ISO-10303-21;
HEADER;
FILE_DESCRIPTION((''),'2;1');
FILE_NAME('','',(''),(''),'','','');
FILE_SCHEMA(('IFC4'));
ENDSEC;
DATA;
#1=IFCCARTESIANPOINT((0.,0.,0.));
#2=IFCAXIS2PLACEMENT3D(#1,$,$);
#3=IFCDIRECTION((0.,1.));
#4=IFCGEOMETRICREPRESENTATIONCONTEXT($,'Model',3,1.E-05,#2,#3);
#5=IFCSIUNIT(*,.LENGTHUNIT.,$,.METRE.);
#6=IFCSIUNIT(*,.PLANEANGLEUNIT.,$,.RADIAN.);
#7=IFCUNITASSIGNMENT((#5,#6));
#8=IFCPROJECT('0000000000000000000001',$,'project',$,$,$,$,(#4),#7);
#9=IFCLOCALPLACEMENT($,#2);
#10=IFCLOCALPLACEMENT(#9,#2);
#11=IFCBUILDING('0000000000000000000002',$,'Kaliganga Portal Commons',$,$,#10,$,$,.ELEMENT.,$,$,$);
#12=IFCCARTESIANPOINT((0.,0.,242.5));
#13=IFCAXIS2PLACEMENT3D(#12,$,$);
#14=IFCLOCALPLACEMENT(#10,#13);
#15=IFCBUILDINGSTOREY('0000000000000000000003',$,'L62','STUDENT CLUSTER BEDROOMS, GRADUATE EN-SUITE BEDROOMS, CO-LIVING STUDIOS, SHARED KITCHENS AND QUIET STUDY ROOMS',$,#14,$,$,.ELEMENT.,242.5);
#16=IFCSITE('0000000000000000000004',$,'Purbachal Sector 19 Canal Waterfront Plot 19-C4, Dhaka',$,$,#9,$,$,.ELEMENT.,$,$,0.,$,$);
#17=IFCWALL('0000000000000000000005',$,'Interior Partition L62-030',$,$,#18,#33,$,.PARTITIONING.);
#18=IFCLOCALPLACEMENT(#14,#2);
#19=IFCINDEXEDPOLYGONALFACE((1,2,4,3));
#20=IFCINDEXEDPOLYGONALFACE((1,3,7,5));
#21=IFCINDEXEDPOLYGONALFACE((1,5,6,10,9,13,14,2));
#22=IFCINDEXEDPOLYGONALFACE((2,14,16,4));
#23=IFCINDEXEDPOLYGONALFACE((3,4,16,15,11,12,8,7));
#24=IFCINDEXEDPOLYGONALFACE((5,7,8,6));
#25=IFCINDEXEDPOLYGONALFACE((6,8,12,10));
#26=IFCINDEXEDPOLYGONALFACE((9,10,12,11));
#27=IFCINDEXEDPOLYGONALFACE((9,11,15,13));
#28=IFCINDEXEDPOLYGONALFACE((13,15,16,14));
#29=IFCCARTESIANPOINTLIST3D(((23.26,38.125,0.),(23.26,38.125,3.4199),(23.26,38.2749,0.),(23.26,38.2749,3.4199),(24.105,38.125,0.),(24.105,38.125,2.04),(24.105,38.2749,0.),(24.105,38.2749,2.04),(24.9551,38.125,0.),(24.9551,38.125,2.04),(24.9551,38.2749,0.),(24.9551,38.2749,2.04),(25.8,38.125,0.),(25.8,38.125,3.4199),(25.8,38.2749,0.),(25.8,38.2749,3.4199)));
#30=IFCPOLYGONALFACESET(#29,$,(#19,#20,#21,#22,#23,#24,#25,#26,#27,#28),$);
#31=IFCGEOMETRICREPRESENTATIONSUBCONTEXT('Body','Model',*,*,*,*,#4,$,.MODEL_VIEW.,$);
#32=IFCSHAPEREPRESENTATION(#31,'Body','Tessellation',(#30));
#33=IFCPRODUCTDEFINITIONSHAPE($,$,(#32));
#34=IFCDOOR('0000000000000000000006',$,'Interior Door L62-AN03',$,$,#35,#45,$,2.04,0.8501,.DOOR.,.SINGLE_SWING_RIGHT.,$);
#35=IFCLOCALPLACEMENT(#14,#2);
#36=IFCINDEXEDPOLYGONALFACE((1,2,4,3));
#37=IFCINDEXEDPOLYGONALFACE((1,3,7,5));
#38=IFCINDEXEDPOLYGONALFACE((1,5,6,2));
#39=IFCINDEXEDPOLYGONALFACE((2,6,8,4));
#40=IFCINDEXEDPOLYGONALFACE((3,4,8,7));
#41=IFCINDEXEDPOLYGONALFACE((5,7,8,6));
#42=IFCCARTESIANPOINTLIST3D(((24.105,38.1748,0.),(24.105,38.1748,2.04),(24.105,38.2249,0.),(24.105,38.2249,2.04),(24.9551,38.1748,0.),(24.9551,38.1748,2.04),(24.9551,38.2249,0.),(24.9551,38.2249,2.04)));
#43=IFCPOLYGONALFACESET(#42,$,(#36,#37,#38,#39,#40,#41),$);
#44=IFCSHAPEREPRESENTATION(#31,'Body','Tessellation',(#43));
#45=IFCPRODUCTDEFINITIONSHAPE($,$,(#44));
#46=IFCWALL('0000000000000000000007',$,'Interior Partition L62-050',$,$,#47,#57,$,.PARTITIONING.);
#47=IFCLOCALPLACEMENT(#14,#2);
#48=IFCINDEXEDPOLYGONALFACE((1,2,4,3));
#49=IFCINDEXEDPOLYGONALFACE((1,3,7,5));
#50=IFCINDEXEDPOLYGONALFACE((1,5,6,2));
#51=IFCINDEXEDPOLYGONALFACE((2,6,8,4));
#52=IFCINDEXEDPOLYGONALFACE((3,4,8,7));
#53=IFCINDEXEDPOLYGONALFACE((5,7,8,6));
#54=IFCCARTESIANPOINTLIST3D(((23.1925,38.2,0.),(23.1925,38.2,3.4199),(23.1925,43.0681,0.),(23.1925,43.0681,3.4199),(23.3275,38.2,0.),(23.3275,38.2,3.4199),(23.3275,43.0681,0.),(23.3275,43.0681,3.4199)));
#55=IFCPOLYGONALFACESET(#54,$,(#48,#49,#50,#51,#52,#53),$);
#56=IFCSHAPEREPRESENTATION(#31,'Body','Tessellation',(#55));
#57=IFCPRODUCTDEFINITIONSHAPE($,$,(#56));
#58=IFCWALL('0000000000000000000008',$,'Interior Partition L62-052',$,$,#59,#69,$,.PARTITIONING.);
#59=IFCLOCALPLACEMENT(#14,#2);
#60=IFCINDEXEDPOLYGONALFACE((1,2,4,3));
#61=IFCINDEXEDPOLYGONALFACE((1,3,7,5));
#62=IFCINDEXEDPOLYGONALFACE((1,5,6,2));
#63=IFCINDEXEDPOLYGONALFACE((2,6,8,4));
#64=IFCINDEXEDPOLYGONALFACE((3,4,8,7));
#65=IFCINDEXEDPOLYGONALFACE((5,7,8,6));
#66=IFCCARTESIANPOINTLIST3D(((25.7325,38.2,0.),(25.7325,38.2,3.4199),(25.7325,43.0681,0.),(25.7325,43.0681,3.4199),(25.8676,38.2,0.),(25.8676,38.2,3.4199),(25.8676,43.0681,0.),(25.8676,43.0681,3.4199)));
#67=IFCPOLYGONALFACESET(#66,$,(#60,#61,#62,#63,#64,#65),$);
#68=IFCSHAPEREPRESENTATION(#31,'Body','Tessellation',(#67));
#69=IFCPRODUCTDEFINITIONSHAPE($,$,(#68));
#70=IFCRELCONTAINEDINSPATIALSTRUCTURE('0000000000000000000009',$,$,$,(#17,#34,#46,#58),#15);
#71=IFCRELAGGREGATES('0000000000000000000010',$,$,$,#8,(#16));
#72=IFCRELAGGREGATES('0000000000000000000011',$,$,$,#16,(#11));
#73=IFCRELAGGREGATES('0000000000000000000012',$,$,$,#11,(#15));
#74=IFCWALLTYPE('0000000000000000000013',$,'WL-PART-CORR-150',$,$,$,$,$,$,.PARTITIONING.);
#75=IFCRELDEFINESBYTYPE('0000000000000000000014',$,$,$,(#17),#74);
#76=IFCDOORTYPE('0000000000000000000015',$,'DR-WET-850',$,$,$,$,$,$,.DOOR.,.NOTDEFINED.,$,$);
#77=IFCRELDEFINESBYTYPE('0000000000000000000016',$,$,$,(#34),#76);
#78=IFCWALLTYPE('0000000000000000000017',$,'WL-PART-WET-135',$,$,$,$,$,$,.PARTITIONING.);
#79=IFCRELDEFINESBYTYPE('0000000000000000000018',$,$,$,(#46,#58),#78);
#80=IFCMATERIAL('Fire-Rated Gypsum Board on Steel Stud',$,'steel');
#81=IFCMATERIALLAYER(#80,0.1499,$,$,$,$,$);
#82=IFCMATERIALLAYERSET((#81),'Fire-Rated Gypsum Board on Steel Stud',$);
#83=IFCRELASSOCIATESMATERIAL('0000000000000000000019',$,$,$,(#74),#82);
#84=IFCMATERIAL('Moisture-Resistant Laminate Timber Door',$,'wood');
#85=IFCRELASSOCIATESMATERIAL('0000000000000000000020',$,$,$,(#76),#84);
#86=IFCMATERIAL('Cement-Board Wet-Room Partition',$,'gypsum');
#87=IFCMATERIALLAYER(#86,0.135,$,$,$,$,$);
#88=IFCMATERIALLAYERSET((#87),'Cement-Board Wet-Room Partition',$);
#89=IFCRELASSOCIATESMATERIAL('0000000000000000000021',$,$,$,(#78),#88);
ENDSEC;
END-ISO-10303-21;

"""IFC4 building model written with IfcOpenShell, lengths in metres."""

from ifc_helpers import new_model, si_unit, direction, frame, frame_2d, origin, place, context, subcontext, project, spatial, rectangle, extrude, material, layer, layer_set, type_object, element, fill, save


model = new_model("IFC4")

# Units and contexts
model_context = context("Model", 3, precision=1e-05, world=origin(), true_north=direction((0.0, 1.0)))
body_context = subcontext(model_context, "Body", "Model", "MODEL_VIEW")
ifc_project = project(units=[si_unit("LENGTHUNIT", "METRE"), si_unit("PLANEANGLEUNIT", "RADIAN")], contexts=[model_context])

# Site, building, storey
site_placement = place(None, origin())
site = spatial("IfcSite", under=ifc_project, at=site_placement, Name="Purbachal Sector 19 Canal Waterfront Plot 19-C4, Dhaka", CompositionType="ELEMENT", RefElevation=0.0)
building_placement = place(site_placement, origin())
building = spatial("IfcBuilding", under=site, at=building_placement, Name="Kaliganga Portal Commons", CompositionType="ELEMENT")
storey_placement = place(building_placement, frame((0.0, 0.0, 242.5)))
storey = spatial("IfcBuildingStorey", under=building, at=storey_placement, Name="L62", Description="STUDENT CLUSTER BEDROOMS, GRADUATE EN-SUITE BEDROOMS, CO-LIVING STUDIOS, SHARED KITCHENS AND QUIET STUDY ROOMS", CompositionType="ELEMENT", Elevation=242.5)

# Wall, opening, door
ifc_material_1 = material(Name="Fire-Rated Gypsum Board on Steel Stud", Category="steel")
ifc_layer_1 = layer(ifc_material_1, 0.1499)
ifc_layer_set_1 = layer_set([ifc_layer_1], Name="Fire-Rated Gypsum Board on Steel Stud")
wall_type_1 = type_object("IfcWallType", Name="WL-PART-CORR-150", PredefinedType="PARTITIONING", material=ifc_layer_set_1)
wall_1_placement = place(storey_placement, frame((23.26, 38.2, 0.0), z_axis=(0.0, 0.0, 1.0), x_axis=(1.0, 0.0, 0.0)))
wall_1 = element("IfcWall", 1, at=wall_1_placement, inside=storey, type_object=wall_type_1, Name="Interior Partition L62-030", PredefinedType="PARTITIONING", context=body_context, shape_type="SweptSolid", body=[
    extrude(rectangle(XDim=2.54, YDim=0.1499, at=frame_2d((1.27, 0.0))), origin(), (0.0, 0.0, 1.0), 3.4199),
])
opening_1_placement = place(wall_1_placement, frame((0.845, 0.0, 0.0)))
opening_1 = element("IfcOpeningElement", 2, at=opening_1_placement, cuts=wall_1, PredefinedType="OPENING", context=body_context, shape_type="SweptSolid", body=[
    extrude(rectangle(XDim=0.8501, YDim=2.04, at=frame_2d((0.425, 1.02))), frame((0.0, 0.085, 0.0), z_axis=(0.0, -1.0, 0.0), x_axis=(1.0, 0.0, 0.0)), (0.0, 0.0, 1.0), 0.1699),
])
ifc_material_2 = material(Name="Moisture-Resistant Laminate Timber Door", Category="wood")
door_type_1 = type_object("IfcDoorType", Name="DR-WET-850", OperationType="NOTDEFINED", PredefinedType="DOOR", material=ifc_material_2)
door_1_placement = place(opening_1_placement, origin())
door_1 = element("IfcDoor", 3, at=door_1_placement, inside=storey, type_object=door_type_1, Name="Interior Door L62-AN03", OperationType="SINGLE_SWING_RIGHT", OverallHeight=2.04, OverallWidth=0.8501, PredefinedType="DOOR", context=body_context, shape_type="SweptSolid", body=[
    extrude(rectangle(XDim=0.8501, YDim=2.04, at=frame_2d((0.425, 1.02))), frame((0.0, 0.0249, 0.0), z_axis=(0.0, -1.0, 0.0), x_axis=(1.0, 0.0, 0.0)), (0.0, 0.0, 1.0), 0.05),
])
fill(opening_1, door_1)

# Walls
ifc_material_3 = material(Name="Cement-Board Wet-Room Partition", Category="gypsum")
ifc_layer_2 = layer(ifc_material_3, 0.135)
ifc_layer_set_2 = layer_set([ifc_layer_2], Name="Cement-Board Wet-Room Partition")
wall_type_2 = type_object("IfcWallType", Name="WL-PART-WET-135", PredefinedType="PARTITIONING", material=ifc_layer_set_2)
for number, where, z_axis, x_axis, name in (
    (4, (23.26, 38.2, 0.0), (0.0, 0.0, 1.0), (0.0, 1.0, 0.0), "Interior Partition L62-050"),
    (5, (25.8, 38.2, 0.0), (0.0, 0.0, 1.0), (0.0, 1.0, 0.0), "Interior Partition L62-052"),
):
    element("IfcWall", number, at=place(storey_placement, frame(where, z_axis=z_axis, x_axis=x_axis)), inside=storey, type_object=wall_type_2, Name=name, PredefinedType="PARTITIONING", context=body_context, shape_type="SweptSolid", body=[
        extrude(rectangle(XDim=4.8682, YDim=0.135, at=frame_2d((2.4341, 0.0))), origin(), (0.0, 0.0, 1.0), 3.4199),
    ])

save(model, "model.ifc")
